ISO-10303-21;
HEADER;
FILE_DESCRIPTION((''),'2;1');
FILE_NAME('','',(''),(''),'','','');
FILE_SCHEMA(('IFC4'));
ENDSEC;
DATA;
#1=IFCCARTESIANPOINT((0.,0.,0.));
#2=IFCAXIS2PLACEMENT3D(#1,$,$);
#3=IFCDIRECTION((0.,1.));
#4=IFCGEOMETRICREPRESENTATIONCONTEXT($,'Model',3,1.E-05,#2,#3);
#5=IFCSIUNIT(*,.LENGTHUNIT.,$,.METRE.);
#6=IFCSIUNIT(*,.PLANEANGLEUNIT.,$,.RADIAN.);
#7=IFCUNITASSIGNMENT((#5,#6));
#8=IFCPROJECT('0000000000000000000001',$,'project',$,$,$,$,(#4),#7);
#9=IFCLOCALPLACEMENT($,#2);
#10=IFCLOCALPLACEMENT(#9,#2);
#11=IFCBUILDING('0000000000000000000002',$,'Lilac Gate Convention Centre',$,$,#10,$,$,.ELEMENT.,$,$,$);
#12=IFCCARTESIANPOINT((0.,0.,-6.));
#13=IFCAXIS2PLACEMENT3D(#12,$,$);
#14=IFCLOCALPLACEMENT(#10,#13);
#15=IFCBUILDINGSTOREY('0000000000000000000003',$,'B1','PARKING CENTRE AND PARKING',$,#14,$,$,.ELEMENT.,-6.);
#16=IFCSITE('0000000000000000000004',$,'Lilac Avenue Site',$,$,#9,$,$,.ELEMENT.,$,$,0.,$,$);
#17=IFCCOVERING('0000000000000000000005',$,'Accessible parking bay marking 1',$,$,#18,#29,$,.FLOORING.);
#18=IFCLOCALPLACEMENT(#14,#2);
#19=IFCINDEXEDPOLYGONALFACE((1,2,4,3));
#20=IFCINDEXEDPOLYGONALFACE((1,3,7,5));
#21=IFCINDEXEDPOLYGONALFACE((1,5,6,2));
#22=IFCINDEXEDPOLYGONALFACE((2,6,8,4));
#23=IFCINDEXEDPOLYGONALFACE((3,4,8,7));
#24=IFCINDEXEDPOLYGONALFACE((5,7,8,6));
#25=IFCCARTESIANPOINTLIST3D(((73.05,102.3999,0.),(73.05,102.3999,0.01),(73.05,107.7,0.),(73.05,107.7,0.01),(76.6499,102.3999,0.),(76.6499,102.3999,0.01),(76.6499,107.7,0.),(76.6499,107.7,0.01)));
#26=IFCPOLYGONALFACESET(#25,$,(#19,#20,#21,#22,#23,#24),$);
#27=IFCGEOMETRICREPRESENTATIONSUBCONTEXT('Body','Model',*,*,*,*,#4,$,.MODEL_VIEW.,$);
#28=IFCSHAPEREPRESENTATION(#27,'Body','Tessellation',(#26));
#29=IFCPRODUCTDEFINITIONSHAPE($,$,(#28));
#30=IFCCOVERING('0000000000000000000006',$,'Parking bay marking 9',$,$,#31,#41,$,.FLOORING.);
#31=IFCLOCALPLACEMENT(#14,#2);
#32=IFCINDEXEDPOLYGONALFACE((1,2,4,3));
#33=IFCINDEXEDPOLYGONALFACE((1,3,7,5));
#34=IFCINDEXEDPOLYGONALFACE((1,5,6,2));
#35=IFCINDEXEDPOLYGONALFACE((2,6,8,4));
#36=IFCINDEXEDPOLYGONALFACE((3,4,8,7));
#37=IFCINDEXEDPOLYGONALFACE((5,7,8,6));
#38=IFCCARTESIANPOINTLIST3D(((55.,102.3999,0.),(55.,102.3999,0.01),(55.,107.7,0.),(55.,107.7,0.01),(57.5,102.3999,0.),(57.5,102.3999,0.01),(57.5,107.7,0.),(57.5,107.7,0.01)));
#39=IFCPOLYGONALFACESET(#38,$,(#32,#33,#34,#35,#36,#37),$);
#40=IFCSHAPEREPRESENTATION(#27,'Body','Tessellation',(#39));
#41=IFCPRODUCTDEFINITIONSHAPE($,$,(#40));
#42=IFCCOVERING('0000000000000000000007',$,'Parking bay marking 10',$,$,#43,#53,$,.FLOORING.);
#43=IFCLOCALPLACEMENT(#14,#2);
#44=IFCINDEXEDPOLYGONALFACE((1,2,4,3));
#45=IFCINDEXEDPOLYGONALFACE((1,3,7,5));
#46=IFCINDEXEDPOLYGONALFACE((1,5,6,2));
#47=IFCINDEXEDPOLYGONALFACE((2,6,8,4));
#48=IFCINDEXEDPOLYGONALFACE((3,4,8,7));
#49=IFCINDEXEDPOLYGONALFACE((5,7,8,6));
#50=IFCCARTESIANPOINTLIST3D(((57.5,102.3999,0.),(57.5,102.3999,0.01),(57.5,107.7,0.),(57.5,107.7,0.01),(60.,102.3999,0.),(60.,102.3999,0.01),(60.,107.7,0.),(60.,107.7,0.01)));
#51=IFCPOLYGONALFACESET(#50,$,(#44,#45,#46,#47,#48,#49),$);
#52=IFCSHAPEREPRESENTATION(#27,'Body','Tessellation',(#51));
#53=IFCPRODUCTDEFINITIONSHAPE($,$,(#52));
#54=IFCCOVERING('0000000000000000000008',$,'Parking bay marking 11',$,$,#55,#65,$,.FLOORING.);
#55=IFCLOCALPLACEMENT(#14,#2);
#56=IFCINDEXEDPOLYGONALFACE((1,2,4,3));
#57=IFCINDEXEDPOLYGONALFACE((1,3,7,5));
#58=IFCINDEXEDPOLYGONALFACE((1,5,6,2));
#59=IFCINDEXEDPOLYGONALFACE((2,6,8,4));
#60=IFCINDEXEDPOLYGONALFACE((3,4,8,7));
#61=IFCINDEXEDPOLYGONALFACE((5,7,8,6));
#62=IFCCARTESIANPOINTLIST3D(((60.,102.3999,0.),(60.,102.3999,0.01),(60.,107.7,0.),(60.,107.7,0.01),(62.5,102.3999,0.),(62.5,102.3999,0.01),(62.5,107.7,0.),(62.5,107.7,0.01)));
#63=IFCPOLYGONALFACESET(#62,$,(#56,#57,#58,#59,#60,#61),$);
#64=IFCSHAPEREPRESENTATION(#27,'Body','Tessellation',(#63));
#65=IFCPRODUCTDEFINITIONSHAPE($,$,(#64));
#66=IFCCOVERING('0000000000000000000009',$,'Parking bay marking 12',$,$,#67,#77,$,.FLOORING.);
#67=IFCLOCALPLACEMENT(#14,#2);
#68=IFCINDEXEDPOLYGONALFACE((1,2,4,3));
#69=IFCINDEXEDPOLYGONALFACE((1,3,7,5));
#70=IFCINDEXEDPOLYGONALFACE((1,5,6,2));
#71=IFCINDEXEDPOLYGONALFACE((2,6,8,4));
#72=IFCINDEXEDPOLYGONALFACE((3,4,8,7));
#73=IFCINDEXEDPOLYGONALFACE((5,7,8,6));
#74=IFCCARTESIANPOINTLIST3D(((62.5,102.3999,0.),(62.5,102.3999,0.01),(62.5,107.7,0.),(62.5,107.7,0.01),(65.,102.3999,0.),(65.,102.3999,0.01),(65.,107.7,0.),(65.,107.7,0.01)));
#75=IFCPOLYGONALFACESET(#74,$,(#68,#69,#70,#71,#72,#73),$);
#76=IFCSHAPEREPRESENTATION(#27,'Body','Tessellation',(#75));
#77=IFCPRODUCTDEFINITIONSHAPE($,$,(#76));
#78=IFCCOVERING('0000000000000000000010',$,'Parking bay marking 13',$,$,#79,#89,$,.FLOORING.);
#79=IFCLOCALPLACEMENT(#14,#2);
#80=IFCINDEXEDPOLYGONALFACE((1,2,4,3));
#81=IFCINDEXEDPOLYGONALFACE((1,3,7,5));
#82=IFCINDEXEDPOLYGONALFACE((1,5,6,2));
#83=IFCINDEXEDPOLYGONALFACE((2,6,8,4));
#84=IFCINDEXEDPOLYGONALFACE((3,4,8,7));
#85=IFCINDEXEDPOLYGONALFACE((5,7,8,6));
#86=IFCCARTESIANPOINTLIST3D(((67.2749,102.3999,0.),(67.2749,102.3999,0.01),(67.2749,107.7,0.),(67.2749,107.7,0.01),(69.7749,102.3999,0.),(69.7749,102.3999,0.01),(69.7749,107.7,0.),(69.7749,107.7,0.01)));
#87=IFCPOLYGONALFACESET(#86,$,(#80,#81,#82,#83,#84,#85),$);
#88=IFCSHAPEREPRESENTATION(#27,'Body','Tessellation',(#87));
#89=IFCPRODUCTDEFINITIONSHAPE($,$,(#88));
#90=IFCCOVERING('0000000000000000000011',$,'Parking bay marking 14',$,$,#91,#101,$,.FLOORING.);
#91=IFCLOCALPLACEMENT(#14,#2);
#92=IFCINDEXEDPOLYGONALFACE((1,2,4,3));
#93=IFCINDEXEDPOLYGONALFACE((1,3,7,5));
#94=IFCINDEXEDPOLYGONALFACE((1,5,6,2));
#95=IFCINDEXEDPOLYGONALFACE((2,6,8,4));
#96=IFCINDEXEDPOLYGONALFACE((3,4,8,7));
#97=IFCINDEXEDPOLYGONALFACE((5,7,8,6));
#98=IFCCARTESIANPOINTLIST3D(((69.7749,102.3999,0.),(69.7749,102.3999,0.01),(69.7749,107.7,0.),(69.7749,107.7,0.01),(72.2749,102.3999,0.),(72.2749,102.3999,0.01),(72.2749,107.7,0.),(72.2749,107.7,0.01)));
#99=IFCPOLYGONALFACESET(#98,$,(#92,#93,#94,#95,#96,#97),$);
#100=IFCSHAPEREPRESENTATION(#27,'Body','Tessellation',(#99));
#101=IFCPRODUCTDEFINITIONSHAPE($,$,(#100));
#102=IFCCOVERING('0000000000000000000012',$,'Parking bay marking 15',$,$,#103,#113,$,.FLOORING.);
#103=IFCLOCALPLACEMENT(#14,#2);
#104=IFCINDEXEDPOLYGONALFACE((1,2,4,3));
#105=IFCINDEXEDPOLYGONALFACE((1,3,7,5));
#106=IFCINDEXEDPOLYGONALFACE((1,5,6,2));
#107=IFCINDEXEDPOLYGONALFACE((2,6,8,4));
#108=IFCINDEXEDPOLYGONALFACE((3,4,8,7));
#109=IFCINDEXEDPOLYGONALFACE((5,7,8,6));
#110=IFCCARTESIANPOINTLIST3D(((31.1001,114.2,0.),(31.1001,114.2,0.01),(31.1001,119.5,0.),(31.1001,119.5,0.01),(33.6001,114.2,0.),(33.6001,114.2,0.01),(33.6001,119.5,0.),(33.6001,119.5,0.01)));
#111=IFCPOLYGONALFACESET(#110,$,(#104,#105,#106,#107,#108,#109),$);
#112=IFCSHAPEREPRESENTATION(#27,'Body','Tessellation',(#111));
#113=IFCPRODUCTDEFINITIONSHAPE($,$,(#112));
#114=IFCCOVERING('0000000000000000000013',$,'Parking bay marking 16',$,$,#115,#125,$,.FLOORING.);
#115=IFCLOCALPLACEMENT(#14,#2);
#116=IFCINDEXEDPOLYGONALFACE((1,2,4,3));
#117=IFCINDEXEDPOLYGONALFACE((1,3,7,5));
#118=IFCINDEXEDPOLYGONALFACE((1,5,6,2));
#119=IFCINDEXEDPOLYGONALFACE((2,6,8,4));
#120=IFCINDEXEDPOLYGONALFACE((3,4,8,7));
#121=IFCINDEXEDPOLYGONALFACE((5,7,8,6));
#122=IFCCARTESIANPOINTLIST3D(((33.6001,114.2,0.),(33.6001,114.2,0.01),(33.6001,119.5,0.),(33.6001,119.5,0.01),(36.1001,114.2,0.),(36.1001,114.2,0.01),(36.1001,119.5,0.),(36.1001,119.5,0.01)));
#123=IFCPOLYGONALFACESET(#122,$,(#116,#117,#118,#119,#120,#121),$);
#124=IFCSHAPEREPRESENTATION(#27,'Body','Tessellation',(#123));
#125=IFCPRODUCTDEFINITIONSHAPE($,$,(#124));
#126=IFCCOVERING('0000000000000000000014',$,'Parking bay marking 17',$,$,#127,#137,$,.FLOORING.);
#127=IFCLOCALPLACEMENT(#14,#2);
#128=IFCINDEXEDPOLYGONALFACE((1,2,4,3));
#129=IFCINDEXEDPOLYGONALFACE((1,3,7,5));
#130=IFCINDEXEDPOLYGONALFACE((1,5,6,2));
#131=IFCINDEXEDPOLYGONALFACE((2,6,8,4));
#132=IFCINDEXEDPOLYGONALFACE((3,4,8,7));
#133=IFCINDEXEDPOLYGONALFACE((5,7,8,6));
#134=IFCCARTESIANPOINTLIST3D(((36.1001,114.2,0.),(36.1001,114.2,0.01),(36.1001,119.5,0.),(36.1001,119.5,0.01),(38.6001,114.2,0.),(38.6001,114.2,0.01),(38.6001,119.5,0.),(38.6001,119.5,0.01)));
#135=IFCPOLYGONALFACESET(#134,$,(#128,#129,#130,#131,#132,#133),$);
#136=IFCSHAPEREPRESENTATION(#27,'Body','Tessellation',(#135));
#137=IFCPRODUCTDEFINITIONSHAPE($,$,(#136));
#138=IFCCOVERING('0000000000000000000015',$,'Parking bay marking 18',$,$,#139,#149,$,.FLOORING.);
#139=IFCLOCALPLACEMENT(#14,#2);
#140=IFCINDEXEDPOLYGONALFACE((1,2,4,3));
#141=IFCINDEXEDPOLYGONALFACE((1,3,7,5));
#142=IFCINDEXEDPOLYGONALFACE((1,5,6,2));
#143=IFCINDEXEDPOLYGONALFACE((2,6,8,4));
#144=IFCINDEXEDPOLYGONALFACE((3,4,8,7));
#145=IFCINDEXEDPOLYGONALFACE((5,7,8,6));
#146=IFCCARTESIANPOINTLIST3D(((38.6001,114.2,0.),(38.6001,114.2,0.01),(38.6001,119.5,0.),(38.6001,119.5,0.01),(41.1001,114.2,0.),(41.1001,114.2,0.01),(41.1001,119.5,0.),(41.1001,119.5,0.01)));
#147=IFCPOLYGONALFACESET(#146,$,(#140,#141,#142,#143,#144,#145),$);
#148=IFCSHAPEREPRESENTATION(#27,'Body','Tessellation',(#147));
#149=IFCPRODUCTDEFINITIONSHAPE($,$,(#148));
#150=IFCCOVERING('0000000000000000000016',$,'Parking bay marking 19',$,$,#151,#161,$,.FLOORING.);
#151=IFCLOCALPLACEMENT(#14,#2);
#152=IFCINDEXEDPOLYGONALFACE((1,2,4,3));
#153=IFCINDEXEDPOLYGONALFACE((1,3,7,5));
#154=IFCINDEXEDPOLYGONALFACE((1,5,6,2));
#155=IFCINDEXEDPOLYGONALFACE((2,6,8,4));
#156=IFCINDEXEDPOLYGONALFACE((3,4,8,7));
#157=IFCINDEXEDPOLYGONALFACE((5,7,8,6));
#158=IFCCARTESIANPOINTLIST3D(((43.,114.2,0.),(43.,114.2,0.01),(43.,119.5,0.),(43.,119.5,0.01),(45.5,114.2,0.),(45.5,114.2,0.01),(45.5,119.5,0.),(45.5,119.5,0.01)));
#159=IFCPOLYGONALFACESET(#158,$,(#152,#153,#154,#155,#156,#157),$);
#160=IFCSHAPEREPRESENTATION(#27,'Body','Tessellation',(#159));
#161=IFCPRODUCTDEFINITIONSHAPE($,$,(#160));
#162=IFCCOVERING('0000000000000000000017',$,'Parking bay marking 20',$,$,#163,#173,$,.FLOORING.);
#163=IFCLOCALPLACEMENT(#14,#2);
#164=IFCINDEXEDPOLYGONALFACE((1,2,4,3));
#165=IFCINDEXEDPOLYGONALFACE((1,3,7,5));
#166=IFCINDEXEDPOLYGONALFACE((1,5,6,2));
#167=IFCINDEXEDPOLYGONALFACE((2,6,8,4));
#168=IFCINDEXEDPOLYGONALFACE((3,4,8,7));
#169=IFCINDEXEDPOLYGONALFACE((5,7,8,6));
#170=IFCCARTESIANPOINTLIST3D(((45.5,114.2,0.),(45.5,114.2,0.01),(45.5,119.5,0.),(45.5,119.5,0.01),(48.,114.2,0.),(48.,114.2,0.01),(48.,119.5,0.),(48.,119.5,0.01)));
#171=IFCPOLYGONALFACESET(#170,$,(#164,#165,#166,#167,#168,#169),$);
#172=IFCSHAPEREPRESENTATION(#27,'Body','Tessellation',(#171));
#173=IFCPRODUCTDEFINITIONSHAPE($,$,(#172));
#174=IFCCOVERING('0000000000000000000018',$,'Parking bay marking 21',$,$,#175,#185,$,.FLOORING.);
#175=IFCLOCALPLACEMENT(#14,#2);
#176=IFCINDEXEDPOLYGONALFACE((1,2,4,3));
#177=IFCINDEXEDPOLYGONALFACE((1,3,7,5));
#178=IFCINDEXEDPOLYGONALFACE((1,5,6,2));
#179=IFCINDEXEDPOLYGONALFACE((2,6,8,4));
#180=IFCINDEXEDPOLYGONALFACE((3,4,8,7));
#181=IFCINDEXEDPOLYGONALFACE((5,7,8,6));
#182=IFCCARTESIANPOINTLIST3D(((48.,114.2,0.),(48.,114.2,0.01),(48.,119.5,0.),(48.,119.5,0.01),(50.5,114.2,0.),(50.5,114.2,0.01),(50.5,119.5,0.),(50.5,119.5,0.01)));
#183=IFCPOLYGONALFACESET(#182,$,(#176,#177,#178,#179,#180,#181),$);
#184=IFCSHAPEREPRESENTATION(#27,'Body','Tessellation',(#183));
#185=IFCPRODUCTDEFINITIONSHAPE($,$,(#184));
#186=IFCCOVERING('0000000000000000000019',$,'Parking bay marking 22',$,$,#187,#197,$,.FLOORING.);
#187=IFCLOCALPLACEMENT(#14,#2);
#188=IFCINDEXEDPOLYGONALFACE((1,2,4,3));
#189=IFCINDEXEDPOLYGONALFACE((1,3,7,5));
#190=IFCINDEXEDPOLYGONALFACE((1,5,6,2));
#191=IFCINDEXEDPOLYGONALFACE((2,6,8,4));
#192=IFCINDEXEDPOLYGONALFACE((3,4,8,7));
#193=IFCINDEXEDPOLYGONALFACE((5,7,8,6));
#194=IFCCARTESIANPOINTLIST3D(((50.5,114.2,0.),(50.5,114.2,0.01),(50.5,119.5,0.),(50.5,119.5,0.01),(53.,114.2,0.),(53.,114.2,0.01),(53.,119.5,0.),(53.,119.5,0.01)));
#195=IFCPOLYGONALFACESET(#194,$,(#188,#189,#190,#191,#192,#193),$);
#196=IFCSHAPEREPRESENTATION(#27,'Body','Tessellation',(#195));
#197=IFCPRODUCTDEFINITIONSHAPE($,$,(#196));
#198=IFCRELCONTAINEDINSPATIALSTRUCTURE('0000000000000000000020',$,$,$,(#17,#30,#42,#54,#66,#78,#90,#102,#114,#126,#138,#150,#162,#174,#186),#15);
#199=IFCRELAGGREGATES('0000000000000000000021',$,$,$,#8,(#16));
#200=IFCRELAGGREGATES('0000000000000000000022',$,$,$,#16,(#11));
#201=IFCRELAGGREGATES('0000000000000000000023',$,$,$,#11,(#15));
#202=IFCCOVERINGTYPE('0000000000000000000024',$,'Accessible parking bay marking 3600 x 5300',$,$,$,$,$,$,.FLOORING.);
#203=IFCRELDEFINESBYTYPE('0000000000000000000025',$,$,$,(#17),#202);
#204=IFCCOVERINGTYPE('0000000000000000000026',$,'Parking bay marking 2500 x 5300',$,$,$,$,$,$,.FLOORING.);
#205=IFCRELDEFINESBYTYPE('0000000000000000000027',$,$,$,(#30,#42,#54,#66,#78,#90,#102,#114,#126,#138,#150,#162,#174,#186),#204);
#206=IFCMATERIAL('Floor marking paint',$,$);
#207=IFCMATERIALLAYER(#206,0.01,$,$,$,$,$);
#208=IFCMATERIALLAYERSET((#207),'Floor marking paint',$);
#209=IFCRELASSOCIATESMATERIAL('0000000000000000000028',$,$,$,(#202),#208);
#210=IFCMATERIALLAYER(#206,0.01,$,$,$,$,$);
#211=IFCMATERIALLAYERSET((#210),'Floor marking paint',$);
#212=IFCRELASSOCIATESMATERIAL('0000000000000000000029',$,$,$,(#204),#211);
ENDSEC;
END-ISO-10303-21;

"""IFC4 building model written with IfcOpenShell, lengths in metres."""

from ifc_helpers import new_model, si_unit, direction, frame, origin, place, context, subcontext, project, spatial, polyline, outline, extrude, material, layer, layer_set, type_object, element, save


model = new_model("IFC4")

# Units and contexts
model_context = context("Model", 3, precision=1e-05, world=origin(), true_north=direction((0.0, 1.0)))
body_context = subcontext(model_context, "Body", "Model", "MODEL_VIEW")
ifc_project = project(units=[si_unit("LENGTHUNIT", "METRE"), si_unit("PLANEANGLEUNIT", "RADIAN")], contexts=[model_context])

# Site, building, storey
site_placement = place(None, origin())
site = spatial("IfcSite", under=ifc_project, at=site_placement, Name="Lilac Avenue Site", CompositionType="ELEMENT", RefElevation=0.0)
building_placement = place(site_placement, origin())
building = spatial("IfcBuilding", under=site, at=building_placement, Name="Lilac Gate Convention Centre", CompositionType="ELEMENT")
storey_placement = place(building_placement, frame((0.0, 0.0, -6.0)))
storey = spatial("IfcBuildingStorey", under=building, at=storey_placement, Name="B1", Description="PARKING CENTRE AND PARKING", CompositionType="ELEMENT", Elevation=-6.0)

# Coverings
ifc_material = material(Name="Floor marking paint")
ifc_layer_1 = layer(ifc_material, 0.01)
ifc_layer_set_1 = layer_set([ifc_layer_1], Name="Floor marking paint")
covering_type_1 = type_object("IfcCoveringType", Name="Accessible parking bay marking 3600 x 5300", PredefinedType="FLOORING", material=ifc_layer_set_1)
covering_1_placement = place(storey_placement, origin())
element("IfcCovering", 1, at=covering_1_placement, inside=storey, type_object=covering_type_1, Name="Accessible parking bay marking 1", PredefinedType="FLOORING", context=body_context, shape_type="SweptSolid", body=[
    extrude(outline(polyline([(73.05, 102.3999), (76.6499, 102.3999), (76.6499, 107.7), (73.05, 107.7), (73.05, 102.3999)])), origin(), (0.0, 0.0, 1.0), 0.01),
])
ifc_layer_2 = layer(ifc_material, 0.01)
ifc_layer_set_2 = layer_set([ifc_layer_2], Name="Floor marking paint")
covering_type_2 = type_object("IfcCoveringType", Name="Parking bay marking 2500 x 5300", PredefinedType="FLOORING", material=ifc_layer_set_2)
covering_2_placement = place(storey_placement, origin())
element("IfcCovering", 2, at=covering_2_placement, inside=storey, type_object=covering_type_2, Name="Parking bay marking 9", PredefinedType="FLOORING", context=body_context, shape_type="SweptSolid", body=[
    extrude(outline(polyline([(55.0, 102.3999), (57.5, 102.3999), (57.5, 107.7), (55.0, 107.7), (55.0, 102.3999)])), origin(), (0.0, 0.0, 1.0), 0.01),
])
covering_3_placement = place(storey_placement, origin())
element("IfcCovering", 3, at=covering_3_placement, inside=storey, type_object=covering_type_2, Name="Parking bay marking 10", PredefinedType="FLOORING", context=body_context, shape_type="SweptSolid", body=[
    extrude(outline(polyline([(57.5, 102.3999), (60.0, 102.3999), (60.0, 107.7), (57.5, 107.7), (57.5, 102.3999)])), origin(), (0.0, 0.0, 1.0), 0.01),
])
covering_4_placement = place(storey_placement, origin())
element("IfcCovering", 4, at=covering_4_placement, inside=storey, type_object=covering_type_2, Name="Parking bay marking 11", PredefinedType="FLOORING", context=body_context, shape_type="SweptSolid", body=[
    extrude(outline(polyline([(60.0, 102.3999), (62.5, 102.3999), (62.5, 107.7), (60.0, 107.7), (60.0, 102.3999)])), origin(), (0.0, 0.0, 1.0), 0.01),
])
covering_5_placement = place(storey_placement, origin())
element("IfcCovering", 5, at=covering_5_placement, inside=storey, type_object=covering_type_2, Name="Parking bay marking 12", PredefinedType="FLOORING", context=body_context, shape_type="SweptSolid", body=[
    extrude(outline(polyline([(62.5, 102.3999), (65.0, 102.3999), (65.0, 107.7), (62.5, 107.7), (62.5, 102.3999)])), origin(), (0.0, 0.0, 1.0), 0.01),
])
covering_6_placement = place(storey_placement, origin())
element("IfcCovering", 6, at=covering_6_placement, inside=storey, type_object=covering_type_2, Name="Parking bay marking 13", PredefinedType="FLOORING", context=body_context, shape_type="SweptSolid", body=[
    extrude(outline(polyline([(67.2749, 102.3999), (69.7749, 102.3999), (69.7749, 107.7), (67.2749, 107.7), (67.2749, 102.3999)])), origin(), (0.0, 0.0, 1.0), 0.01),
])
covering_7_placement = place(storey_placement, origin())
element("IfcCovering", 7, at=covering_7_placement, inside=storey, type_object=covering_type_2, Name="Parking bay marking 14", PredefinedType="FLOORING", context=body_context, shape_type="SweptSolid", body=[
    extrude(outline(polyline([(69.7749, 102.3999), (72.2749, 102.3999), (72.2749, 107.7), (69.7749, 107.7), (69.7749, 102.3999)])), origin(), (0.0, 0.0, 1.0), 0.01),
])
covering_8_placement = place(storey_placement, origin())
element("IfcCovering", 8, at=covering_8_placement, inside=storey, type_object=covering_type_2, Name="Parking bay marking 15", PredefinedType="FLOORING", context=body_context, shape_type="SweptSolid", body=[
    extrude(outline(polyline([(31.1001, 114.2), (33.6001, 114.2), (33.6001, 119.5), (31.1001, 119.5), (31.1001, 114.2)])), origin(), (0.0, 0.0, 1.0), 0.01),
])
covering_9_placement = place(storey_placement, origin())
element("IfcCovering", 9, at=covering_9_placement, inside=storey, type_object=covering_type_2, Name="Parking bay marking 16", PredefinedType="FLOORING", context=body_context, shape_type="SweptSolid", body=[
    extrude(outline(polyline([(33.6001, 114.2), (36.1001, 114.2), (36.1001, 119.5), (33.6001, 119.5), (33.6001, 114.2)])), origin(), (0.0, 0.0, 1.0), 0.01),
])
covering_10_placement = place(storey_placement, origin())
element("IfcCovering", 10, at=covering_10_placement, inside=storey, type_object=covering_type_2, Name="Parking bay marking 17", PredefinedType="FLOORING", context=body_context, shape_type="SweptSolid", body=[
    extrude(outline(polyline([(36.1001, 114.2), (38.6001, 114.2), (38.6001, 119.5), (36.1001, 119.5), (36.1001, 114.2)])), origin(), (0.0, 0.0, 1.0), 0.01),
])
covering_11_placement = place(storey_placement, origin())
element("IfcCovering", 11, at=covering_11_placement, inside=storey, type_object=covering_type_2, Name="Parking bay marking 18", PredefinedType="FLOORING", context=body_context, shape_type="SweptSolid", body=[
    extrude(outline(polyline([(38.6001, 114.2), (41.1001, 114.2), (41.1001, 119.5), (38.6001, 119.5), (38.6001, 114.2)])), origin(), (0.0, 0.0, 1.0), 0.01),
])
covering_12_placement = place(storey_placement, origin())
element("IfcCovering", 12, at=covering_12_placement, inside=storey, type_object=covering_type_2, Name="Parking bay marking 19", PredefinedType="FLOORING", context=body_context, shape_type="SweptSolid", body=[
    extrude(outline(polyline([(43.0, 114.2), (45.5, 114.2), (45.5, 119.5), (43.0, 119.5), (43.0, 114.2)])), origin(), (0.0, 0.0, 1.0), 0.01),
])
covering_13_placement = place(storey_placement, origin())
element("IfcCovering", 13, at=covering_13_placement, inside=storey, type_object=covering_type_2, Name="Parking bay marking 20", PredefinedType="FLOORING", context=body_context, shape_type="SweptSolid", body=[
    extrude(outline(polyline([(45.5, 114.2), (48.0, 114.2), (48.0, 119.5), (45.5, 119.5), (45.5, 114.2)])), origin(), (0.0, 0.0, 1.0), 0.01),
])
covering_14_placement = place(storey_placement, origin())
element("IfcCovering", 14, at=covering_14_placement, inside=storey, type_object=covering_type_2, Name="Parking bay marking 21", PredefinedType="FLOORING", context=body_context, shape_type="SweptSolid", body=[
    extrude(outline(polyline([(48.0, 114.2), (50.5, 114.2), (50.5, 119.5), (48.0, 119.5), (48.0, 114.2)])), origin(), (0.0, 0.0, 1.0), 0.01),
])
covering_15_placement = place(storey_placement, origin())
element("IfcCovering", 15, at=covering_15_placement, inside=storey, type_object=covering_type_2, Name="Parking bay marking 22", PredefinedType="FLOORING", context=body_context, shape_type="SweptSolid", body=[
    extrude(outline(polyline([(50.5, 114.2), (53.0, 114.2), (53.0, 119.5), (50.5, 119.5), (50.5, 114.2)])), origin(), (0.0, 0.0, 1.0), 0.01),
])

save(model, "model.ifc")
